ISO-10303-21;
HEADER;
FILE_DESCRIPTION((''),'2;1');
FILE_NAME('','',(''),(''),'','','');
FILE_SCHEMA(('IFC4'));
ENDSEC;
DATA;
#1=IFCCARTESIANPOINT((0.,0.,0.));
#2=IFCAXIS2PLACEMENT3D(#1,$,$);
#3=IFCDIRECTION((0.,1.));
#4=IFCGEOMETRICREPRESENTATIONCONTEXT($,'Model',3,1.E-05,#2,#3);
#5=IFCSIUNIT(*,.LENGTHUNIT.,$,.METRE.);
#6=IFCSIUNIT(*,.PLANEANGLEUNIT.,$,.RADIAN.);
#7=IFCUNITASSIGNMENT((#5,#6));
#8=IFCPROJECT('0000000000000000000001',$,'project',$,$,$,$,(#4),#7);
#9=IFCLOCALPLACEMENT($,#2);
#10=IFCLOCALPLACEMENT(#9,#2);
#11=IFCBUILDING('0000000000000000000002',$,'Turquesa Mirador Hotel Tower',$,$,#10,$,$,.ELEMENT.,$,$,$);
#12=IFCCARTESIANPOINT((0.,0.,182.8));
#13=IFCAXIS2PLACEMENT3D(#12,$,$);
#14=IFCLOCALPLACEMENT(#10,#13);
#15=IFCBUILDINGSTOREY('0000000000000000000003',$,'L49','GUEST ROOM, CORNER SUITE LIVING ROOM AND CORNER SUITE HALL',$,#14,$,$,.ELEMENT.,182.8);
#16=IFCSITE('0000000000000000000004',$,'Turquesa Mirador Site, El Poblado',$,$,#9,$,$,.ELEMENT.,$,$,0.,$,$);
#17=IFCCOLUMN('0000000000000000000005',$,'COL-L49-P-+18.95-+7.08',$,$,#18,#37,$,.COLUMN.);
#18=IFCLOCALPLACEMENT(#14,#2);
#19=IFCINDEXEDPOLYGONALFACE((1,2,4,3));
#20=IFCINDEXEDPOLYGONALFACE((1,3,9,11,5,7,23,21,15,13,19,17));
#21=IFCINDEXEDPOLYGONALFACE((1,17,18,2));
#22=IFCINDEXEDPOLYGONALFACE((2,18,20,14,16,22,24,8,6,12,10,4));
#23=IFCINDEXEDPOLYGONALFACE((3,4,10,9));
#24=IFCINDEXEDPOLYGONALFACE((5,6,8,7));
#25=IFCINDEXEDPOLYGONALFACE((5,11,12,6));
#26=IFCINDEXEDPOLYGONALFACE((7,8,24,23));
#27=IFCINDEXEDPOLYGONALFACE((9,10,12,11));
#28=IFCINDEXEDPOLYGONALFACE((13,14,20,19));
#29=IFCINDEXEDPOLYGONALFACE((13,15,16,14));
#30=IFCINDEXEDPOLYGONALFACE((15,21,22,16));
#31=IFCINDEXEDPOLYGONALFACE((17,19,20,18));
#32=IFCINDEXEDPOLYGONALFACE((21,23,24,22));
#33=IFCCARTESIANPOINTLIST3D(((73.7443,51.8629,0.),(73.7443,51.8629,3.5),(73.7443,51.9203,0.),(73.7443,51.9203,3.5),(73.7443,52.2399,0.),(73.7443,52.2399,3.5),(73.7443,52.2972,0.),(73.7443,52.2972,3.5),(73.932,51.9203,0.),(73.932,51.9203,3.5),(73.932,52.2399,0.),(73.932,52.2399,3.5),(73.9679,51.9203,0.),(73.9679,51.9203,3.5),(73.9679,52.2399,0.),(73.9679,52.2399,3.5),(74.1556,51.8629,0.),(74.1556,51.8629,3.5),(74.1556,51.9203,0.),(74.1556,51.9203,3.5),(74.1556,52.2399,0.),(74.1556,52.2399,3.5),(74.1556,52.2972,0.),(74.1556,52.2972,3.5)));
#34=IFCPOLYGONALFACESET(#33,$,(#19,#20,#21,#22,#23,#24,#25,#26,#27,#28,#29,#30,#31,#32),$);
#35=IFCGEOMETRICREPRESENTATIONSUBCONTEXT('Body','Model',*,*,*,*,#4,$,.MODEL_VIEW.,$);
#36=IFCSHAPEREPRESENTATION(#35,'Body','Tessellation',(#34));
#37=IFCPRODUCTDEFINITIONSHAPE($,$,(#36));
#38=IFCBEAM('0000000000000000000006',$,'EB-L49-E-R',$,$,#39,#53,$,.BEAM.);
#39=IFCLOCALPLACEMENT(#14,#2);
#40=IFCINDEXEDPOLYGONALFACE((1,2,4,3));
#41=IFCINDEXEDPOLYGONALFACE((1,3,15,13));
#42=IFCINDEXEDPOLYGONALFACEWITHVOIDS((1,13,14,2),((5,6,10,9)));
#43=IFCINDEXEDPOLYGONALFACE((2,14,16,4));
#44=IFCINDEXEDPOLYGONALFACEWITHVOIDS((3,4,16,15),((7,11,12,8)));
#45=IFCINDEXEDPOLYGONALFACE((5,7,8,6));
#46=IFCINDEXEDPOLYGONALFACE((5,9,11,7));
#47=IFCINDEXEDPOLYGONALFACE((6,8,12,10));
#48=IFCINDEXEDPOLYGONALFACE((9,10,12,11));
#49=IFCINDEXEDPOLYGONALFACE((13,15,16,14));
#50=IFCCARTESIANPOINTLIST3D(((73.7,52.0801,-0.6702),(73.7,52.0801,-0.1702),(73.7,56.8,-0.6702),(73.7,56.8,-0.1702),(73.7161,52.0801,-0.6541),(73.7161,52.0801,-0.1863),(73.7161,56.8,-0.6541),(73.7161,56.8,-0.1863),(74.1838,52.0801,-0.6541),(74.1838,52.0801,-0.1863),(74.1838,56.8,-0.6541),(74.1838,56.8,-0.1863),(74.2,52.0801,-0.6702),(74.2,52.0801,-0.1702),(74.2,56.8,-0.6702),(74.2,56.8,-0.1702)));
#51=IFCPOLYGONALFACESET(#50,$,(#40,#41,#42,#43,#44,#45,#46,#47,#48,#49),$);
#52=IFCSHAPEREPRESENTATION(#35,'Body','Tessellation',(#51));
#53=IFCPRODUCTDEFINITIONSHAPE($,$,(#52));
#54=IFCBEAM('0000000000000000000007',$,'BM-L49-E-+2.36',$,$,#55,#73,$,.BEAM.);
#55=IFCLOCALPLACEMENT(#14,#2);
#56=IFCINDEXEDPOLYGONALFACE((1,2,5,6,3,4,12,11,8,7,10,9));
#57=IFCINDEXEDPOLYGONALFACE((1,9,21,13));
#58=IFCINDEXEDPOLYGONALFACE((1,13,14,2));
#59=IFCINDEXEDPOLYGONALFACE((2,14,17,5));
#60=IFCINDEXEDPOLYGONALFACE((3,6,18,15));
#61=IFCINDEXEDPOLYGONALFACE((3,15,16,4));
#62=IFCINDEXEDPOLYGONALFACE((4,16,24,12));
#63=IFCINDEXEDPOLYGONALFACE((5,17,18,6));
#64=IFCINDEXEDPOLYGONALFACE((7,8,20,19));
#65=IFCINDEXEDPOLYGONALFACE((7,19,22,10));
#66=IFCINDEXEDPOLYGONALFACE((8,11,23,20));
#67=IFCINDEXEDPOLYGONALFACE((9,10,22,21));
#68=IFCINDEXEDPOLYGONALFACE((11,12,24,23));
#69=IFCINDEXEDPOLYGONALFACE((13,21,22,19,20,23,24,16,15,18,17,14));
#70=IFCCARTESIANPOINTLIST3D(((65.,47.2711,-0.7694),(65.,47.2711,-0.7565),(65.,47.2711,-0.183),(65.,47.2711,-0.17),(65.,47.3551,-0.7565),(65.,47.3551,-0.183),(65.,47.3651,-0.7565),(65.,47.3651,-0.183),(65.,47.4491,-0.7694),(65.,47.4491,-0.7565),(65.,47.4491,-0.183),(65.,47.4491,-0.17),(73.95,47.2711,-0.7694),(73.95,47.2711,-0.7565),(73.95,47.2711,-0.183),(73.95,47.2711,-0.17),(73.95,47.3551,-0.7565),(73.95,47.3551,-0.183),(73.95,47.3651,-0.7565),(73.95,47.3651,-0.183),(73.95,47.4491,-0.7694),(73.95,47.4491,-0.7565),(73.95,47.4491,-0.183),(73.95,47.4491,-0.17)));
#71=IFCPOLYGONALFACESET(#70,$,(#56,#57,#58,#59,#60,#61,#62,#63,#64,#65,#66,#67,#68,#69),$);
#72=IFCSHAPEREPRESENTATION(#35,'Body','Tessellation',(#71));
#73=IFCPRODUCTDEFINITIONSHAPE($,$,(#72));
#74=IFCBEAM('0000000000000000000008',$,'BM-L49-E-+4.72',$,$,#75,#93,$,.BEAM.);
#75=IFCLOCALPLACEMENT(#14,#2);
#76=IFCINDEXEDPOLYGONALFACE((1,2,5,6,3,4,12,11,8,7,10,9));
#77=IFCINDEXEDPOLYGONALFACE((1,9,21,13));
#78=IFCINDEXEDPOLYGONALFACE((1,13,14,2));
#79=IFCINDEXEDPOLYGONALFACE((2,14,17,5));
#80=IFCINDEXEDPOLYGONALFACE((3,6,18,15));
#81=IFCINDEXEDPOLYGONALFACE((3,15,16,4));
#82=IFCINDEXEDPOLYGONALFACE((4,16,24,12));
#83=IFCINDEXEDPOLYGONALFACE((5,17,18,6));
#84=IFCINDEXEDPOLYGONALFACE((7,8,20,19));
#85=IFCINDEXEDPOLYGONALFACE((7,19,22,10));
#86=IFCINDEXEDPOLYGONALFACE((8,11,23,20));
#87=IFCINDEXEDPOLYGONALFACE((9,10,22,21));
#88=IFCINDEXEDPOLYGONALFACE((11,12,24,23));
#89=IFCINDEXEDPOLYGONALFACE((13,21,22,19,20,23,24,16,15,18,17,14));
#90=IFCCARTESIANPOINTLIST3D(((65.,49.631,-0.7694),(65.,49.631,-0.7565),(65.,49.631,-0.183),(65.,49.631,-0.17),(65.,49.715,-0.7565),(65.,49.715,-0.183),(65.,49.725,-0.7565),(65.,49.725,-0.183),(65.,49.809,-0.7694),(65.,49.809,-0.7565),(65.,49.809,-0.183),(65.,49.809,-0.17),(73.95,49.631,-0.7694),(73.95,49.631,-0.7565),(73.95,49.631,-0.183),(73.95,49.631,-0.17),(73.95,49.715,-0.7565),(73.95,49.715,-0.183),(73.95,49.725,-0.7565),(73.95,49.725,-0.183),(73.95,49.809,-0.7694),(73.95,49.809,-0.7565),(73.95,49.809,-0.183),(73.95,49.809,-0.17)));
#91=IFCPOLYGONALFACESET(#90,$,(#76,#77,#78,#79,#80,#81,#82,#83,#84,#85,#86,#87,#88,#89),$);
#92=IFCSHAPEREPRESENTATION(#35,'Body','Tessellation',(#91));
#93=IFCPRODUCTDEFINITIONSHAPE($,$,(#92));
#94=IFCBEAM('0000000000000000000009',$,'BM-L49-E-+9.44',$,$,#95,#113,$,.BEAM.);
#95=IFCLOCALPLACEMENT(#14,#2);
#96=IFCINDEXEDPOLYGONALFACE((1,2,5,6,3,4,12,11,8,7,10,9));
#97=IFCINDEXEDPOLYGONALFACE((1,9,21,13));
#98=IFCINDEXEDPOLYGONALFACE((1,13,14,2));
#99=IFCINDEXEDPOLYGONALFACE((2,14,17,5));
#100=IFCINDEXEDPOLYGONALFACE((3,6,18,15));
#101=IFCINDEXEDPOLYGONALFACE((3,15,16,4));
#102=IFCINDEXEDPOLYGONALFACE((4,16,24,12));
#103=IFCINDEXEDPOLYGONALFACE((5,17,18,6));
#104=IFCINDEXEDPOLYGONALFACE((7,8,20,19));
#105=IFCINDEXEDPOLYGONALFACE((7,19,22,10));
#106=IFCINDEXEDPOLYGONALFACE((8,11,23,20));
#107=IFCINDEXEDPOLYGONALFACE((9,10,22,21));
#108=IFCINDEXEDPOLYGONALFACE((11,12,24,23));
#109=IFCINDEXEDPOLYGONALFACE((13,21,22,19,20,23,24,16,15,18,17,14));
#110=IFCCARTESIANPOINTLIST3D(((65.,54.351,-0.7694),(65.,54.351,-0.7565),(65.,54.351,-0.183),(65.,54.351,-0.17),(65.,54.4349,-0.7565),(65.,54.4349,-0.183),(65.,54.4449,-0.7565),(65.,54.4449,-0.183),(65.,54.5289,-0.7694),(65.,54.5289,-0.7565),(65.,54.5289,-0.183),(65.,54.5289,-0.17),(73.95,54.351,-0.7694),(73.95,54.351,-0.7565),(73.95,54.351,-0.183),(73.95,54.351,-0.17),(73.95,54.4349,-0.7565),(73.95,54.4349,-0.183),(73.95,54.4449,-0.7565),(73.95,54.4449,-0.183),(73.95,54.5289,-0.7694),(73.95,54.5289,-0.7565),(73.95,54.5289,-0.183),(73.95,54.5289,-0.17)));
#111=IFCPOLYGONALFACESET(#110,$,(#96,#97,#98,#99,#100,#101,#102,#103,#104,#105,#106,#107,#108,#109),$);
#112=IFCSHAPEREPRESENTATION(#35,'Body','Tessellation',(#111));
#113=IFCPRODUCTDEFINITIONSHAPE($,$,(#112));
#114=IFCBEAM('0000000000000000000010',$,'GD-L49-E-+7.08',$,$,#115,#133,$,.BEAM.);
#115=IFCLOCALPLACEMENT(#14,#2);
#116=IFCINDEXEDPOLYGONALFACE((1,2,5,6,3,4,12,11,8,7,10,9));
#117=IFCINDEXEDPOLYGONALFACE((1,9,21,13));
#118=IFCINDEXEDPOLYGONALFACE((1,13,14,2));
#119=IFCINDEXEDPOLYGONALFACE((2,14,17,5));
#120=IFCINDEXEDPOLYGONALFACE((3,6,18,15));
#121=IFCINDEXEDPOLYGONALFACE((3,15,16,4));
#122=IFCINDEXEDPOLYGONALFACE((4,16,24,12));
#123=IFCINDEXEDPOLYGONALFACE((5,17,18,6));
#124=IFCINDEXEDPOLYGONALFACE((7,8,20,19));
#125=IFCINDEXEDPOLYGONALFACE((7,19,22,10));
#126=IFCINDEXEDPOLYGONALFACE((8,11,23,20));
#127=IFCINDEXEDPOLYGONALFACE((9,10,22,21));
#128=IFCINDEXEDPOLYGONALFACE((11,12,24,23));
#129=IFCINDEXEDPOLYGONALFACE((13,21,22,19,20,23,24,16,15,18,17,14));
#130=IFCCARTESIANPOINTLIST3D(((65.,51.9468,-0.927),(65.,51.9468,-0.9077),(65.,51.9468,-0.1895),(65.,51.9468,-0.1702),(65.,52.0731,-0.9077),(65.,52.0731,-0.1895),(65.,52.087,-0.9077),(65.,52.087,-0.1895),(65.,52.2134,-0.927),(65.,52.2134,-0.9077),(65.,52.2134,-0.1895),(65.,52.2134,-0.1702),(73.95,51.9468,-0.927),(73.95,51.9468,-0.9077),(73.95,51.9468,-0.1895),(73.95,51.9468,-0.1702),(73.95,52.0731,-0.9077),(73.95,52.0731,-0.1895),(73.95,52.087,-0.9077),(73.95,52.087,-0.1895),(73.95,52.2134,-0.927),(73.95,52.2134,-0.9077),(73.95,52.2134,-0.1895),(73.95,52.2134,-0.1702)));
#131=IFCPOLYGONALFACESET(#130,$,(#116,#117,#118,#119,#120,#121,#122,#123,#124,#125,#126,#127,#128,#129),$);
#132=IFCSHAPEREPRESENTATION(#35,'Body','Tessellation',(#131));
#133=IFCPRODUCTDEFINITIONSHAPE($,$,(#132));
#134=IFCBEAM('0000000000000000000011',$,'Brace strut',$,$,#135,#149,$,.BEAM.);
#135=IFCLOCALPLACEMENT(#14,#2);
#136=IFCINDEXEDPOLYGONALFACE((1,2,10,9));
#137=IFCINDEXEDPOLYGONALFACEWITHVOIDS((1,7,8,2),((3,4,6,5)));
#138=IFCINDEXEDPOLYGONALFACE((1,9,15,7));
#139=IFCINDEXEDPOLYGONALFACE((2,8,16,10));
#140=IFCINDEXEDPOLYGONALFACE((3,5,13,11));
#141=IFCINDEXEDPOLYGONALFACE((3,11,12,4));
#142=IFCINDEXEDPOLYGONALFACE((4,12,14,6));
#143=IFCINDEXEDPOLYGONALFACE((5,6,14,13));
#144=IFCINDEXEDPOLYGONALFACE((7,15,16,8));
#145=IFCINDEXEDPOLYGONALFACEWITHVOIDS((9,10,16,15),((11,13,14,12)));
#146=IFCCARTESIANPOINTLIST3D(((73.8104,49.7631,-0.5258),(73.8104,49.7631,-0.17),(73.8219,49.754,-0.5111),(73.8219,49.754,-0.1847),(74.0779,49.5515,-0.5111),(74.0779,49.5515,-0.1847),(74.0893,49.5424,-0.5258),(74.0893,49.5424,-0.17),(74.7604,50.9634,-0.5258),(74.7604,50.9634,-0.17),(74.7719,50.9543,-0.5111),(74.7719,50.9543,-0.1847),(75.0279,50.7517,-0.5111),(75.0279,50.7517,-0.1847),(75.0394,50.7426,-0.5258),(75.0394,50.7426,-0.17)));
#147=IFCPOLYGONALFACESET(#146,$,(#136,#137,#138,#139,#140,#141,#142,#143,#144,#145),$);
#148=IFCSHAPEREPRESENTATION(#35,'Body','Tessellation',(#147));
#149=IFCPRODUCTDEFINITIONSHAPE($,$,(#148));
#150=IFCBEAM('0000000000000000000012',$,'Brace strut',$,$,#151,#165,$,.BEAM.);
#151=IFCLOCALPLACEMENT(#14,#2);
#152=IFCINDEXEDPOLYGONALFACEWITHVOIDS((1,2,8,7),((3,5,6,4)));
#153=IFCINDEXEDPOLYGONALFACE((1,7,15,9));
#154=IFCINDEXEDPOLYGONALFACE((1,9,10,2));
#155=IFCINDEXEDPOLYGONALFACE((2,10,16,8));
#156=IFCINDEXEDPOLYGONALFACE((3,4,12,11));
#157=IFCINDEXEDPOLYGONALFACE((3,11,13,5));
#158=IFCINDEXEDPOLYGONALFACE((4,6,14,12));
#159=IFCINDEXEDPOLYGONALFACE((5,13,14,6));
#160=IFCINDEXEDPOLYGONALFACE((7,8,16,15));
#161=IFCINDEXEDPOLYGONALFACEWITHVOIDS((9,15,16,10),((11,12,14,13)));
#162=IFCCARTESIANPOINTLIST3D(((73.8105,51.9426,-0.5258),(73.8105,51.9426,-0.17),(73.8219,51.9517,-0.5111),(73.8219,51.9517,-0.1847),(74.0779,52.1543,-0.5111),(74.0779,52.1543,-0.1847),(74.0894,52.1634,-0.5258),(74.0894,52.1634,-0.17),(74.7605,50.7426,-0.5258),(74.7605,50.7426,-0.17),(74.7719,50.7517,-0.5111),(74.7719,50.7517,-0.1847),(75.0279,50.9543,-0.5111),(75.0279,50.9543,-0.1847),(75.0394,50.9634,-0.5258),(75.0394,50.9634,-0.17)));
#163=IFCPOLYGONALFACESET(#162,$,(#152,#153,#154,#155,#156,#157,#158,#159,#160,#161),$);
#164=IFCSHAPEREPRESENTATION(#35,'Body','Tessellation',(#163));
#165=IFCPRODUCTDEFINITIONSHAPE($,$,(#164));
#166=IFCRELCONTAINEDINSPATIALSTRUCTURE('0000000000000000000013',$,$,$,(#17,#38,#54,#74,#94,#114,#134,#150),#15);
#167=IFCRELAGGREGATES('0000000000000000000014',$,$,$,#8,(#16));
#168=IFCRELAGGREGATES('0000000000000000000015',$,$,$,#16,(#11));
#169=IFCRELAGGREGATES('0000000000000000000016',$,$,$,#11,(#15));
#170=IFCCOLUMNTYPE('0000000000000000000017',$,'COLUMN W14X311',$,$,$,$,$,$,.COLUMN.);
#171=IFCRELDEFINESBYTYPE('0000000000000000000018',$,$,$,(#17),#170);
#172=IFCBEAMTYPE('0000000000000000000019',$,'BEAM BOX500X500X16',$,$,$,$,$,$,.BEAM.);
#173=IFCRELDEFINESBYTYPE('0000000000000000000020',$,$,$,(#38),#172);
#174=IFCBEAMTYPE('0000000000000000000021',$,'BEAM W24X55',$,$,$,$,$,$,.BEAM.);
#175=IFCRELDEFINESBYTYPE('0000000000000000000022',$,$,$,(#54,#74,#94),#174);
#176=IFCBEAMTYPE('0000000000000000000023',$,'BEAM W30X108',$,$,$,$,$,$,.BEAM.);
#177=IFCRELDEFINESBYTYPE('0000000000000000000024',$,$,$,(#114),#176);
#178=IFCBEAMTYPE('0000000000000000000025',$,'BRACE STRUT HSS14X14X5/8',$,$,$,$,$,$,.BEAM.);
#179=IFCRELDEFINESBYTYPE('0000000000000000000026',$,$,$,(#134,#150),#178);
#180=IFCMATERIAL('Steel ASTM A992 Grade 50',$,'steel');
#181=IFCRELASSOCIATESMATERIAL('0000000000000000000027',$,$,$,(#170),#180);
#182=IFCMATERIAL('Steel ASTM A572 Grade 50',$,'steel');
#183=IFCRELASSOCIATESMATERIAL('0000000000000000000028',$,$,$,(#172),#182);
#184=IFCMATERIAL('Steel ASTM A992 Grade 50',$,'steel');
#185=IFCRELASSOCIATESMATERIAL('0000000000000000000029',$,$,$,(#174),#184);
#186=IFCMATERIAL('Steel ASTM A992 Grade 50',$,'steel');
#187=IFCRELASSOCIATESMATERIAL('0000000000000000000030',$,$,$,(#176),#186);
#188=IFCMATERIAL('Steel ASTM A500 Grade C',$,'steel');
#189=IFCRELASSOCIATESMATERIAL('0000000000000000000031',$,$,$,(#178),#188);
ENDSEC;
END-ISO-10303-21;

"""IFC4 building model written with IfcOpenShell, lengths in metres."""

from ifc_helpers import new_model, si_unit, direction, frame, origin, origin_2d, place, context, subcontext, project, spatial, hollow_rectangle, i_section, extrude, material, material_profile, profile_set, type_object, element, save


model = new_model("IFC4")

# Units and contexts
model_context = context("Model", 3, precision=1e-05, world=origin(), true_north=direction((0.0, 1.0)))
body_context = subcontext(model_context, "Body", "Model", "MODEL_VIEW")
ifc_project = project(units=[si_unit("LENGTHUNIT", "METRE"), si_unit("PLANEANGLEUNIT", "RADIAN")], contexts=[model_context])

# Site, building, storey
site_placement = place(None, origin())
site = spatial("IfcSite", under=ifc_project, at=site_placement, Name="Turquesa Mirador Site, El Poblado", CompositionType="ELEMENT", RefElevation=0.0)
building_placement = place(site_placement, origin())
building = spatial("IfcBuilding", under=site, at=building_placement, Name="Turquesa Mirador Hotel Tower", CompositionType="ELEMENT")
storey_placement = place(building_placement, frame((0.0, 0.0, 182.8)))
storey = spatial("IfcBuildingStorey", under=building, at=storey_placement, Name="L49", Description="GUEST ROOM, CORNER SUITE LIVING ROOM AND CORNER SUITE HALL", CompositionType="ELEMENT", Elevation=182.8)

# Column
ifc_material_1 = material(Name="Steel ASTM A992 Grade 50", Category="steel")
ifc_material_profile_1 = material_profile(ifc_material_1, i_section(OverallWidth=0.4114, OverallDepth=0.4343, WebThickness=0.0359, FlangeThickness=0.0574, at=origin_2d()), Name="W14X311")
ifc_profile_set_1 = profile_set([ifc_material_profile_1], Name="Steel ASTM A992 Grade 50")
column_type = type_object("IfcColumnType", Name="COLUMN W14X311", PredefinedType="COLUMN", material=ifc_profile_set_1)
column_placement = place(storey_placement, frame((73.95, 52.0801, 0.0), z_axis=(0.0, 0.0, 1.0), x_axis=(1.0, 0.0, 0.0)))
element("IfcColumn", 1, at=column_placement, inside=storey, type_object=column_type, Name="COL-L49-P-+18.95-+7.08", PredefinedType="COLUMN", context=body_context, shape_type="SweptSolid", body=[
    extrude(i_section(OverallWidth=0.4114, OverallDepth=0.4343, WebThickness=0.0359, FlangeThickness=0.0574, at=origin_2d()), origin(), (0.0, 0.0, 1.0), 3.5),
])

# Beams
ifc_material_2 = material(Name="Steel ASTM A572 Grade 50", Category="steel")
ifc_material_profile_2 = material_profile(ifc_material_2, hollow_rectangle(XDim=0.5, YDim=0.5, WallThickness=0.0161, at=origin_2d()), Name="BOX500X500X16")
ifc_profile_set_2 = profile_set([ifc_material_profile_2], Name="Steel ASTM A572 Grade 50")
beam_type_1 = type_object("IfcBeamType", Name="BEAM BOX500X500X16", PredefinedType="BEAM", material=ifc_profile_set_2)
beam_1_placement = place(storey_placement, frame((73.95, 52.0801, -0.4202), z_axis=(0.0, 1.0, 0.0), x_axis=(-1.0, 0.0, 0.0)))
element("IfcBeam", 2, at=beam_1_placement, inside=storey, type_object=beam_type_1, Name="EB-L49-E-R", PredefinedType="BEAM", context=body_context, shape_type="SweptSolid", body=[
    extrude(hollow_rectangle(XDim=0.5, YDim=0.5, WallThickness=0.0161, at=origin_2d()), origin(), (0.0, 0.0, 1.0), 4.72),
])
ifc_material_3 = material(Name="Steel ASTM A992 Grade 50", Category="steel")
ifc_material_profile_3 = material_profile(ifc_material_3, i_section(OverallWidth=0.178, OverallDepth=0.5994, WebThickness=0.01, FlangeThickness=0.0129, at=origin_2d()), Name="W24X55")
ifc_profile_set_3 = profile_set([ifc_material_profile_3], Name="Steel ASTM A992 Grade 50")
beam_type_2 = type_object("IfcBeamType", Name="BEAM W24X55", PredefinedType="BEAM", material=ifc_profile_set_3)
for number, where, z_axis, x_axis, name in (
    (3, (73.95, 47.3601, -0.4697), (-1.0, 0.0, 0.0), (0.0, -1.0, 0.0), "BM-L49-E-+2.36"),
    (4, (73.95, 49.72, -0.4697), (-1.0, 0.0, 0.0), (0.0, -1.0, 0.0), "BM-L49-E-+4.72"),
    (5, (73.95, 54.4399, -0.4697), (-1.0, 0.0, 0.0), (0.0, -1.0, 0.0), "BM-L49-E-+9.44"),
):
    element("IfcBeam", number, at=place(storey_placement, frame(where, z_axis=z_axis, x_axis=x_axis)), inside=storey, type_object=beam_type_2, Name=name, PredefinedType="BEAM", context=body_context, shape_type="SweptSolid", body=[
        extrude(i_section(OverallWidth=0.178, OverallDepth=0.5994, WebThickness=0.01, FlangeThickness=0.0129, at=origin_2d()), origin(), (0.0, 0.0, 1.0), 8.95),
    ])
ifc_material_4 = material(Name="Steel ASTM A992 Grade 50", Category="steel")
ifc_material_profile_4 = material_profile(ifc_material_4, i_section(OverallWidth=0.2666, OverallDepth=0.7568, WebThickness=0.0139, FlangeThickness=0.0193, at=origin_2d()), Name="W30X108")
ifc_profile_set_4 = profile_set([ifc_material_profile_4], Name="Steel ASTM A992 Grade 50")
beam_type_3 = type_object("IfcBeamType", Name="BEAM W30X108", PredefinedType="BEAM", material=ifc_profile_set_4)
beam_2_placement = place(storey_placement, frame((73.95, 52.0801, -0.5486), z_axis=(-1.0, 0.0, 0.0), x_axis=(0.0, -1.0, 0.0)))
element("IfcBeam", 6, at=beam_2_placement, inside=storey, type_object=beam_type_3, Name="GD-L49-E-+7.08", PredefinedType="BEAM", context=body_context, shape_type="SweptSolid", body=[
    extrude(i_section(OverallWidth=0.2666, OverallDepth=0.7568, WebThickness=0.0139, FlangeThickness=0.0193, at=origin_2d()), origin(), (0.0, 0.0, 1.0), 8.95),
])
ifc_material_5 = material(Name="Steel ASTM A500 Grade C", Category="steel")
ifc_material_profile_5 = material_profile(ifc_material_5, hollow_rectangle(XDim=0.3557, YDim=0.3557, WallThickness=0.0146, at=origin_2d()), Name="HSS14X14X5/8")
ifc_profile_set_5 = profile_set([ifc_material_profile_5], Name="Steel ASTM A500 Grade C")
beam_type_4 = type_object("IfcBeamType", Name="BRACE STRUT HSS14X14X5/8", PredefinedType="BEAM", material=ifc_profile_set_5)
beam_3_placement = place(storey_placement, frame((74.8999, 50.853, -0.3479), z_axis=(-0.620621, -0.784111, 0.0), x_axis=(0.784111, -0.620621, 0.0)))
element("IfcBeam", 7, at=beam_3_placement, inside=storey, type_object=beam_type_4, Name="Brace strut", PredefinedType="BEAM", context=body_context, shape_type="SweptSolid", body=[
    extrude(hollow_rectangle(XDim=0.3557, YDim=0.3557, WallThickness=0.0146, at=origin_2d()), origin(), (0.0, 0.0, 1.0), 1.5308),
])
beam_4_placement = place(storey_placement, frame((74.8999, 50.853, -0.3479), z_axis=(-0.620699, 0.784049, 0.0), x_axis=(-0.784049, -0.620699, 0.0)))
element("IfcBeam", 8, at=beam_4_placement, inside=storey, type_object=beam_type_4, Name="Brace strut", PredefinedType="BEAM", context=body_context, shape_type="SweptSolid", body=[
    extrude(hollow_rectangle(XDim=0.3557, YDim=0.3557, WallThickness=0.0146, at=origin_2d()), origin(), (0.0, 0.0, 1.0), 1.5305),
])

save(model, "model.ifc")
